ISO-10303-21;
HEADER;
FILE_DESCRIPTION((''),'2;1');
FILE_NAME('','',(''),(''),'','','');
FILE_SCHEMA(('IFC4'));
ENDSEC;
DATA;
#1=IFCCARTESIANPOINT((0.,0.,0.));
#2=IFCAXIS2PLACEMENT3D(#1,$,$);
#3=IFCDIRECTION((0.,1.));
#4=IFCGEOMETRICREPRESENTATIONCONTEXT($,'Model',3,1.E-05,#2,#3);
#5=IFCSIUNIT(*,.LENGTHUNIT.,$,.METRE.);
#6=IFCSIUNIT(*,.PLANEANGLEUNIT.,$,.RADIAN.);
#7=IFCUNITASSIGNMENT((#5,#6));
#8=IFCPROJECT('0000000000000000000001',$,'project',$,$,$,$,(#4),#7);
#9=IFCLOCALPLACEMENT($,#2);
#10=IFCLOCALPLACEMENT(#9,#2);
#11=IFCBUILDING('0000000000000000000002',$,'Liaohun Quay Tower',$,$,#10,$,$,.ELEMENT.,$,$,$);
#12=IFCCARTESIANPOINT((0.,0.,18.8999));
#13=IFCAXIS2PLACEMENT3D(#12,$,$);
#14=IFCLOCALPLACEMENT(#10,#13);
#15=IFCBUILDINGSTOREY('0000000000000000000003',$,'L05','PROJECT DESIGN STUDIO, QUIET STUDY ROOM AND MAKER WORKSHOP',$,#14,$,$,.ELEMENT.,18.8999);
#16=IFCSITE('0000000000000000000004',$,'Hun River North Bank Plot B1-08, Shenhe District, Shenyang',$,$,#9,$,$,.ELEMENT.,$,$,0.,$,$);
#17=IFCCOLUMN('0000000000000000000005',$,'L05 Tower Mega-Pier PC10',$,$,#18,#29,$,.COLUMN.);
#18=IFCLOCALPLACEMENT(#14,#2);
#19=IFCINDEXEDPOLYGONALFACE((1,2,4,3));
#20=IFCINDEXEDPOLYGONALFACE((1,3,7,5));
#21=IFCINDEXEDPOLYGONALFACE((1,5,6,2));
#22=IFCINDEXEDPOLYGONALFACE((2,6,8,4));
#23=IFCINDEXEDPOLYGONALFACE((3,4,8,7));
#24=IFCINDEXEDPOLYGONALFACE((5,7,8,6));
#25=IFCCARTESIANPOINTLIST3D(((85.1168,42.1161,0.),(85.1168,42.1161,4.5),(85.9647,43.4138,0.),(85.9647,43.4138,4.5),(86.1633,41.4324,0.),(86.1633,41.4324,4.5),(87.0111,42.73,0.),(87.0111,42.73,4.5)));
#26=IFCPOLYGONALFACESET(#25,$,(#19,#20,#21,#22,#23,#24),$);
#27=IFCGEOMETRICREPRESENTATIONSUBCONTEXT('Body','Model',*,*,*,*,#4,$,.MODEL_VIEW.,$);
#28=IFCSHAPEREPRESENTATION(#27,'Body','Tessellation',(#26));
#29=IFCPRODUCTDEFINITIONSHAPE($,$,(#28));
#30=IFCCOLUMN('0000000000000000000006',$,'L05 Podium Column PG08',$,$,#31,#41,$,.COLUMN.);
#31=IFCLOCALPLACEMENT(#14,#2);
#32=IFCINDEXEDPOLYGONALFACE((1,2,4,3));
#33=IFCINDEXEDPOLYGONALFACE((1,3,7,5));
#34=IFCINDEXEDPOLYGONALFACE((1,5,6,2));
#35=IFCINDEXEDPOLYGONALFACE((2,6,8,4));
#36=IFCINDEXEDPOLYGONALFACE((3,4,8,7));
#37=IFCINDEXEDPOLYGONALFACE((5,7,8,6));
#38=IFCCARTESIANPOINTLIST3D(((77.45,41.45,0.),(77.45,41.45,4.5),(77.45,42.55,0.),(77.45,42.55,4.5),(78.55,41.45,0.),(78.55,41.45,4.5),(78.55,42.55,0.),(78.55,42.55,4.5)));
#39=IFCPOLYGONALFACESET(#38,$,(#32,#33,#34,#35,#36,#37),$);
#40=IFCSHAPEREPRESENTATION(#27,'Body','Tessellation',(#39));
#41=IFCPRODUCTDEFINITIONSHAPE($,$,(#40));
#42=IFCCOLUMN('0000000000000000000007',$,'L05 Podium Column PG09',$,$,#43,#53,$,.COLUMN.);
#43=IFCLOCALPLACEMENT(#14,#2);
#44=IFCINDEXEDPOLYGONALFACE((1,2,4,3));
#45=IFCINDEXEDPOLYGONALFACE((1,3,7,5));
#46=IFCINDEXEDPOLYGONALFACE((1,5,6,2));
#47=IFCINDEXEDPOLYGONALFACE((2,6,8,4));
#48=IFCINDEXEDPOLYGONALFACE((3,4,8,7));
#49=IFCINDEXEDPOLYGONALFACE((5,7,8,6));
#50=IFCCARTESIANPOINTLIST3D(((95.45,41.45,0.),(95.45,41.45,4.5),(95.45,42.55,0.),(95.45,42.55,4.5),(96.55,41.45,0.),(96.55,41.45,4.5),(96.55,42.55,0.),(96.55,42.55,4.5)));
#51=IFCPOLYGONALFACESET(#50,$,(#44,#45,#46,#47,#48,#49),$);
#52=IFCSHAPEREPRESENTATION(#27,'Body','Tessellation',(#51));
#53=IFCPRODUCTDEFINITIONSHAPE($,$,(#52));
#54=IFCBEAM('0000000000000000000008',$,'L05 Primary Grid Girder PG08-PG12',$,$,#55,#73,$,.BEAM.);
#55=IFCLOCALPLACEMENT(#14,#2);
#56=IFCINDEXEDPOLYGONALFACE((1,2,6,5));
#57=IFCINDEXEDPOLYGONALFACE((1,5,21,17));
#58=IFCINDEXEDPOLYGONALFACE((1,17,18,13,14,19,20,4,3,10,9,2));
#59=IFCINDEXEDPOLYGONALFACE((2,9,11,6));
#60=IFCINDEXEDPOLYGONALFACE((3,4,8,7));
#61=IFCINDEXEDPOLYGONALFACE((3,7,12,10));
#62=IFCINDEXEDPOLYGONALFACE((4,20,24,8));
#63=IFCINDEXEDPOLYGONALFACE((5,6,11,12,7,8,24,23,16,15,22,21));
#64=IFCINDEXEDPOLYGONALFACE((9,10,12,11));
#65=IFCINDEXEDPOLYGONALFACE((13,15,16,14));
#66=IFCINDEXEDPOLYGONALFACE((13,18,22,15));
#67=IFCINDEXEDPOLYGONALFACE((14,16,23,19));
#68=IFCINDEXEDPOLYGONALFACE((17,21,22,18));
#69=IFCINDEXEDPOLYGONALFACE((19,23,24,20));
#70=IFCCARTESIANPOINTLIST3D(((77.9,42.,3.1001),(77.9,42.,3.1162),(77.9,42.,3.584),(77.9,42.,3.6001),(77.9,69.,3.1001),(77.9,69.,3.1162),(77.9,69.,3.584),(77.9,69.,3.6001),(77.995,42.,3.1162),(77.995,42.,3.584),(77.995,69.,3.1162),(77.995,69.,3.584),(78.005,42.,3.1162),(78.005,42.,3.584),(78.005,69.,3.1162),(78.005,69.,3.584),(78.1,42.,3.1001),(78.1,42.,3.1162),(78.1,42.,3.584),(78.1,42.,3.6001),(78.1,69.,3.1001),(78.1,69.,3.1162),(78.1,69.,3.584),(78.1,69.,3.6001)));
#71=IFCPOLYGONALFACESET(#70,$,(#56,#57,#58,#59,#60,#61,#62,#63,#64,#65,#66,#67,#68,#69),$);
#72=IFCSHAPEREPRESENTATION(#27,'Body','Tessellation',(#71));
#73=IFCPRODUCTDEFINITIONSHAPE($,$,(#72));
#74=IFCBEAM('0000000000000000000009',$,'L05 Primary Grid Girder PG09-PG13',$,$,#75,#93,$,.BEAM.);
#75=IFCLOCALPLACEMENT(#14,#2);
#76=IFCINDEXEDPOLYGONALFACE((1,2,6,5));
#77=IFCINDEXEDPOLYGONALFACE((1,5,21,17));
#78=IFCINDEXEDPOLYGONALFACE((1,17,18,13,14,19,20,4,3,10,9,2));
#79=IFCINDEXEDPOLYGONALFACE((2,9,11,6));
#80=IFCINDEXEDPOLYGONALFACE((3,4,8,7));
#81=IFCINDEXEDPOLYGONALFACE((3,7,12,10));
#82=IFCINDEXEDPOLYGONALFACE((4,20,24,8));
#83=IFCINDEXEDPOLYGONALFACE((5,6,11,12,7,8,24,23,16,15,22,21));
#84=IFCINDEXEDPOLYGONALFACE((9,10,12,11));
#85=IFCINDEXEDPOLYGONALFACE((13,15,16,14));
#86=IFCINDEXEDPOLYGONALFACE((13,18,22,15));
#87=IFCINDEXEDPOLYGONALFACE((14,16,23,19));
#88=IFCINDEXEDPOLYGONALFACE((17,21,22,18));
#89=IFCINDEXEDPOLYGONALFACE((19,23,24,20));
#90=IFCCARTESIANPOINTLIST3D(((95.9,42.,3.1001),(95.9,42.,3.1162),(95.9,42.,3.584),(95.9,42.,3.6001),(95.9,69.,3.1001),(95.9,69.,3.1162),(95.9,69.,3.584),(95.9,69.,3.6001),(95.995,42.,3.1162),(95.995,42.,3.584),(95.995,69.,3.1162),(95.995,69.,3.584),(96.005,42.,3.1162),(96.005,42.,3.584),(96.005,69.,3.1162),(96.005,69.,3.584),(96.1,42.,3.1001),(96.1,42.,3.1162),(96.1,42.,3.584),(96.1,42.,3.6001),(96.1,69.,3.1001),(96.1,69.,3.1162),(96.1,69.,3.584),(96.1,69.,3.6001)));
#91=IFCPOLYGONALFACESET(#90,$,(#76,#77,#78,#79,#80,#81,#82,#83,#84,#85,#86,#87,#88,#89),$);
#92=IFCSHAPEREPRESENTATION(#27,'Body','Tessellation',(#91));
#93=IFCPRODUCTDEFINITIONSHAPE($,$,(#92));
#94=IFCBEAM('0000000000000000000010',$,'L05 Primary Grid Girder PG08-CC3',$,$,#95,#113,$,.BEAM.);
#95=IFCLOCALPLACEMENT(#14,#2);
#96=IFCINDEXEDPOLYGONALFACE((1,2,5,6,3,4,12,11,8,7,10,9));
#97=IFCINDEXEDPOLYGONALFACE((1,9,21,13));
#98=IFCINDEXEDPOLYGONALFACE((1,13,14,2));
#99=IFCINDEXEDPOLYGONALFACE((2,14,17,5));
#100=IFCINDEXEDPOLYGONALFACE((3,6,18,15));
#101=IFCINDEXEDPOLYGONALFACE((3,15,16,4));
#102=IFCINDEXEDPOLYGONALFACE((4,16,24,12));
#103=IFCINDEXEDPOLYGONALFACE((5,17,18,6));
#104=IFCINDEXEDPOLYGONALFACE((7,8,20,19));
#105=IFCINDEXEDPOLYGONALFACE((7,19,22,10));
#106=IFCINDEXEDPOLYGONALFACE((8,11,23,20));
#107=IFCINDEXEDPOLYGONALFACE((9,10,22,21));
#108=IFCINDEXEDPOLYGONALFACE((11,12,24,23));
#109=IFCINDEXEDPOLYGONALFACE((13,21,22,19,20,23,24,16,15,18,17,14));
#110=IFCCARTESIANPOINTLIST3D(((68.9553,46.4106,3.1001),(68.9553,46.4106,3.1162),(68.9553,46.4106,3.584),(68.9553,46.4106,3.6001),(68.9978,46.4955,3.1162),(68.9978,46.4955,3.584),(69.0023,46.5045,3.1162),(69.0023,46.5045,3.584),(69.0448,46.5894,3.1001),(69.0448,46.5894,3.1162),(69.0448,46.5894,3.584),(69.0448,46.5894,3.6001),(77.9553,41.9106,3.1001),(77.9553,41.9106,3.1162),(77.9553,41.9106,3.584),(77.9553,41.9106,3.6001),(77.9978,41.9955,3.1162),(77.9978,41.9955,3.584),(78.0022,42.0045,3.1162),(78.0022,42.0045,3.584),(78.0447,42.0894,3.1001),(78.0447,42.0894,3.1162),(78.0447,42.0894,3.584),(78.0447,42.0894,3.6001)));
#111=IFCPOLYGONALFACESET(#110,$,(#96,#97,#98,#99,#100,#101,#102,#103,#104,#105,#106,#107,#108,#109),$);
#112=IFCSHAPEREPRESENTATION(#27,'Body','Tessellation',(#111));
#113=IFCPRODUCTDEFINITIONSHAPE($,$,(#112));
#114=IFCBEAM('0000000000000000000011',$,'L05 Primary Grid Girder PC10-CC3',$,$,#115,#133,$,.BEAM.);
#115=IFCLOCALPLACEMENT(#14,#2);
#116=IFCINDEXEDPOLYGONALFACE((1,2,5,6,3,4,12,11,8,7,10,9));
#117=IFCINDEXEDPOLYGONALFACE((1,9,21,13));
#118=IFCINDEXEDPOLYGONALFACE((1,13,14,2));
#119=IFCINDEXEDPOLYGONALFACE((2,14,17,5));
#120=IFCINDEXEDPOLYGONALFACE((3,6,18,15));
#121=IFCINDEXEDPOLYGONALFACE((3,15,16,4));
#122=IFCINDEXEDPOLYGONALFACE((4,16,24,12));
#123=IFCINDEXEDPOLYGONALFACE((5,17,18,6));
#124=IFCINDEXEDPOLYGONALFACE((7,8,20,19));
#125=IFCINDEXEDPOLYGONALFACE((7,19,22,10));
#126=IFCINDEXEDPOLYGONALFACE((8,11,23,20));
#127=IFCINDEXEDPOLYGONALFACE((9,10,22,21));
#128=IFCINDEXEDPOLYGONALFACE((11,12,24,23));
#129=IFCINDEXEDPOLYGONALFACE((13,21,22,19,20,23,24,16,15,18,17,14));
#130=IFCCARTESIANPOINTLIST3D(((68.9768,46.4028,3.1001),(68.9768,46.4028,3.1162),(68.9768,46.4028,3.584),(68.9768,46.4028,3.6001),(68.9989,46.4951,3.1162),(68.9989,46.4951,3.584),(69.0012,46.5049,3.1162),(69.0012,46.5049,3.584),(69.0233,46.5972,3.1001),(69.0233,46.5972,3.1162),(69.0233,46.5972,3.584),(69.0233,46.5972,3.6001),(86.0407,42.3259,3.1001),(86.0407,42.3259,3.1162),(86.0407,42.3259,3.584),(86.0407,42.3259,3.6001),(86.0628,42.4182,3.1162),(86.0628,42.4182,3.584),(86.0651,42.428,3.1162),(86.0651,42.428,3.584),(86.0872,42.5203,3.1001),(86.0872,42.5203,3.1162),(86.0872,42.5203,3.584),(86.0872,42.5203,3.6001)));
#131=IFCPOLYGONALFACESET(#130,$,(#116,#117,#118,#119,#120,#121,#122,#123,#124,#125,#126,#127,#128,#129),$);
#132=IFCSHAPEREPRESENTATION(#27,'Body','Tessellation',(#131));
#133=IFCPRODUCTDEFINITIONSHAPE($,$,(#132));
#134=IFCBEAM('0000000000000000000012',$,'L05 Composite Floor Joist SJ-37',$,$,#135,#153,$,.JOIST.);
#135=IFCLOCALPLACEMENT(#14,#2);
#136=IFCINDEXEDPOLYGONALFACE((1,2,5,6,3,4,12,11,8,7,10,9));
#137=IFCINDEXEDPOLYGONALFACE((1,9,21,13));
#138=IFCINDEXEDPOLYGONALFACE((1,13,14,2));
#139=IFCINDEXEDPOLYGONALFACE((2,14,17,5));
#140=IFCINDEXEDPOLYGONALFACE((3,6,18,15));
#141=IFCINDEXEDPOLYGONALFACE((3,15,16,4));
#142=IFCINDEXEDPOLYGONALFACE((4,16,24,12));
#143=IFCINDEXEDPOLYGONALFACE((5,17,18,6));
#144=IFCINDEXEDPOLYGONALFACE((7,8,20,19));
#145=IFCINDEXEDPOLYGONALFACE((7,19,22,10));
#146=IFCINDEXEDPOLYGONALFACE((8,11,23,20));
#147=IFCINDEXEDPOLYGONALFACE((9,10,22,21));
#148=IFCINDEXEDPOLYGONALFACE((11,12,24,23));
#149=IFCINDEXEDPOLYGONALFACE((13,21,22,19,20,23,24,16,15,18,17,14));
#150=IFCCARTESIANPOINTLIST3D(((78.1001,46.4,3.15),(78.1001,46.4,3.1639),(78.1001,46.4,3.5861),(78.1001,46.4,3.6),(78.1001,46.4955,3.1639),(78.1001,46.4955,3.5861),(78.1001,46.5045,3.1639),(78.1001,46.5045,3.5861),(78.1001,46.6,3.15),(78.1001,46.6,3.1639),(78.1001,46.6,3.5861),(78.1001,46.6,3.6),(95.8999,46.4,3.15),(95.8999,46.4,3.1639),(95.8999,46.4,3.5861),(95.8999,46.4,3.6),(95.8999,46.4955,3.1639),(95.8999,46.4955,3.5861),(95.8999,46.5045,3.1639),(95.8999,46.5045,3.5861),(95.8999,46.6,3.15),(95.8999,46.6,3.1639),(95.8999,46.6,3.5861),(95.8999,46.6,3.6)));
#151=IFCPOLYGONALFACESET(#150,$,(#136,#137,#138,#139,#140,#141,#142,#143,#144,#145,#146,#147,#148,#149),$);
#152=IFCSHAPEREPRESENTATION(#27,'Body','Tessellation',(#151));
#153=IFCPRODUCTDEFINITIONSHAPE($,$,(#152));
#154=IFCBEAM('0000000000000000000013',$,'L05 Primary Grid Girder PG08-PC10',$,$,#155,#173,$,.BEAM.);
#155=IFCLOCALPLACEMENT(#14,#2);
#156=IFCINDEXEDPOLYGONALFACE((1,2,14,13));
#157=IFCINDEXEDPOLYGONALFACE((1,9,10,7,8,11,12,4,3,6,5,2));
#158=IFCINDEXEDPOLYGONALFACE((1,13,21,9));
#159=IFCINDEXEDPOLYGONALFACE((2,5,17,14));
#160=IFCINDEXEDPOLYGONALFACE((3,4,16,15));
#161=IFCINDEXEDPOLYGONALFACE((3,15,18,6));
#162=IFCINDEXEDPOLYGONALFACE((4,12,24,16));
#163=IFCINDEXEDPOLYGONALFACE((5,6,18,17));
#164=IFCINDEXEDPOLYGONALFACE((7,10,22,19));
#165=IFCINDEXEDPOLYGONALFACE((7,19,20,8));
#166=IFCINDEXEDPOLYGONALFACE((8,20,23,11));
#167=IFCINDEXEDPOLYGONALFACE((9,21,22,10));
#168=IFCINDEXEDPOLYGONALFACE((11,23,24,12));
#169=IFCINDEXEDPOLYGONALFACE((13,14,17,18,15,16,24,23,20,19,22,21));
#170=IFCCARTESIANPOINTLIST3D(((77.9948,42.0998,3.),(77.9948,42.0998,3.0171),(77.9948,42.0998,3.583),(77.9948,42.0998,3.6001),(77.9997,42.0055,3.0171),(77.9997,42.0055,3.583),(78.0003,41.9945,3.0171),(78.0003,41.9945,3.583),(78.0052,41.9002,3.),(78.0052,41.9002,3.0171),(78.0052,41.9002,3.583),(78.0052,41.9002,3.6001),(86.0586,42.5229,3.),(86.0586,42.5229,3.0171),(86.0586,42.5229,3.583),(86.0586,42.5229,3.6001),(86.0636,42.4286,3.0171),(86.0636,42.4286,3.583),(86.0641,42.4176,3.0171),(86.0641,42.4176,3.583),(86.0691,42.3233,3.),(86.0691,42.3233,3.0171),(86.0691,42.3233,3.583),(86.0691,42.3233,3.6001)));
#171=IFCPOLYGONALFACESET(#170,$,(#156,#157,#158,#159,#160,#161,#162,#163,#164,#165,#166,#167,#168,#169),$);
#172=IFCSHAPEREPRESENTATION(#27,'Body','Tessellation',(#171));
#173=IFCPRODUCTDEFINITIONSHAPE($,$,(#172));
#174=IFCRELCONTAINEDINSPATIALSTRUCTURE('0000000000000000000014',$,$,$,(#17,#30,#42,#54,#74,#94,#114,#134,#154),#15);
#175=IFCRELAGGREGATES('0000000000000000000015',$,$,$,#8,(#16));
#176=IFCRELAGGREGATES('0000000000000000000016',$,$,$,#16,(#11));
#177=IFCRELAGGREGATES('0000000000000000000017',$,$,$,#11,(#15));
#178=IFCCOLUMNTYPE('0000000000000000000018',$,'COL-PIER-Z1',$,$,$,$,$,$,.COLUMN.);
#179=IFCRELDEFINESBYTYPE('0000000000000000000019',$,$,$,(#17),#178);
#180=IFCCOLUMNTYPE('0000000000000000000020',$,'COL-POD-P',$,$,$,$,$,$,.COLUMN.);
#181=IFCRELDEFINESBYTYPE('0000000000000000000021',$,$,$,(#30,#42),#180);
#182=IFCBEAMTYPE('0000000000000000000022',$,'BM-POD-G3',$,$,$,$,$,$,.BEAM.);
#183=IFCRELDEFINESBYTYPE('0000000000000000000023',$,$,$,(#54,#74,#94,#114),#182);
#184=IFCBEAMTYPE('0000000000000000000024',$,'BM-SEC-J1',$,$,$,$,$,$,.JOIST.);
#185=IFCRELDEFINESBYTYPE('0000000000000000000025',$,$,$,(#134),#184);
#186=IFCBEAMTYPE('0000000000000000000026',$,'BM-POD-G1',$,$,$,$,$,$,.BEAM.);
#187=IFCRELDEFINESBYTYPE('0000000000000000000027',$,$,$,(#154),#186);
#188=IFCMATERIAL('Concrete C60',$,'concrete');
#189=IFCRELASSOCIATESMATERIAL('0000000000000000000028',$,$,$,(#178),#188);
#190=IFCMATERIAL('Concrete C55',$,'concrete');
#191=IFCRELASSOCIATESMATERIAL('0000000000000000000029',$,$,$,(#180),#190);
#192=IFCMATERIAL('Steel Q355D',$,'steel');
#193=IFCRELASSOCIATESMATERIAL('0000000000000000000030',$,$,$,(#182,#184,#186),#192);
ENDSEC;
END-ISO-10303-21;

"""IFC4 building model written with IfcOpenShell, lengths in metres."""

from ifc_helpers import new_model, si_unit, direction, frame, origin, origin_2d, place, context, subcontext, project, spatial, rectangle, i_section, extrude, source, transform, mapped, material, material_profile, profile_set, type_object, element, save


model = new_model("IFC4")

# Units and contexts
model_context = context("Model", 3, precision=1e-05, world=origin(), true_north=direction((0.0, 1.0)))
body_context = subcontext(model_context, "Body", "Model", "MODEL_VIEW")
ifc_project = project(units=[si_unit("LENGTHUNIT", "METRE"), si_unit("PLANEANGLEUNIT", "RADIAN")], contexts=[model_context])

# Site, building, storey
site_placement = place(None, origin())
site = spatial("IfcSite", under=ifc_project, at=site_placement, Name="Hun River North Bank Plot B1-08, Shenhe District, Shenyang", CompositionType="ELEMENT", RefElevation=0.0)
building_placement = place(site_placement, origin())
building = spatial("IfcBuilding", under=site, at=building_placement, Name="Liaohun Quay Tower", CompositionType="ELEMENT")
storey_placement = place(building_placement, frame((0.0, 0.0, 18.8999)))
storey = spatial("IfcBuildingStorey", under=building, at=storey_placement, Name="L05", Description="PROJECT DESIGN STUDIO, QUIET STUDY ROOM AND MAKER WORKSHOP", CompositionType="ELEMENT", Elevation=18.8999)

# Columns
ifc_material_1 = material(Name="Concrete C60", Category="concrete")
ifc_material_profile_1 = material_profile(ifc_material_1, rectangle(XDim=1.55, YDim=1.25, at=origin_2d()), Name="RC1550x1250")
ifc_profile_set_1 = profile_set([ifc_material_profile_1], Name="Concrete C60")
column_type_1 = type_object("IfcColumnType", Name="COL-PIER-Z1", PredefinedType="COLUMN", material=ifc_profile_set_1)
shared_shape_1 = source(origin(), body_context, "Body", "SweptSolid", [
    extrude(rectangle(XDim=1.55, YDim=1.25, at=origin_2d()), origin(), (0.0, 0.0, 1.0), 4.5),
])
column_placement = place(storey_placement, frame((86.064, 42.4231, 0.0), z_axis=(0.0, 0.0, 1.0), x_axis=(0.546979, 0.837146, 0.0)))
element("IfcColumn", 1, at=column_placement, inside=storey, type_object=column_type_1, Name="L05 Tower Mega-Pier PC10", PredefinedType="COLUMN", context=body_context, shape_type="MappedRepresentation", body=[
    mapped(shared_shape_1, transform((0.0, 0.0, 0.0), x_axis=(1.0, 0.0, 0.0), y_axis=(0.0, 1.0, 0.0), z_axis=(0.0, 0.0, 1.0), scale=1.0)),
])
ifc_material_2 = material(Name="Concrete C55", Category="concrete")
ifc_material_profile_2 = material_profile(ifc_material_2, rectangle(XDim=1.1001, YDim=1.1001, at=origin_2d()), Name="RC1100x1100")
ifc_profile_set_2 = profile_set([ifc_material_profile_2], Name="Concrete C55")
column_type_2 = type_object("IfcColumnType", Name="COL-POD-P", PredefinedType="COLUMN", material=ifc_profile_set_2)
shared_shape_2 = source(origin(), body_context, "Body", "SweptSolid", [
    extrude(rectangle(XDim=1.1001, YDim=1.1001, at=origin_2d()), origin(), (0.0, 0.0, 1.0), 4.5),
])
for number, where, z_axis, x_axis, name in (
    (2, (78.0, 42.0, 0.0), (0.0, 0.0, 1.0), (1.0, 0.0, 0.0), "L05 Podium Column PG08"),
    (3, (96.0, 42.0, 0.0), (0.0, 0.0, 1.0), (1.0, 0.0, 0.0), "L05 Podium Column PG09"),
):
    element("IfcColumn", number, at=place(storey_placement, frame(where, z_axis=z_axis, x_axis=x_axis)), inside=storey, type_object=column_type_2, Name=name, PredefinedType="COLUMN", context=body_context, shape_type="MappedRepresentation", body=[
        mapped(shared_shape_2, transform((0.0, 0.0, 0.0), x_axis=(1.0, 0.0, 0.0), y_axis=(0.0, 1.0, 0.0), z_axis=(0.0, 0.0, 1.0), scale=1.0)),
    ])

# Beams
ifc_material_3 = material(Name="Steel Q355D", Category="steel")
ifc_material_profile_3 = material_profile(ifc_material_3, i_section(OverallWidth=0.2, OverallDepth=0.5, WebThickness=0.01, FlangeThickness=0.0161, at=origin_2d()), Name="HN500x200x10x16")
ifc_profile_set_3 = profile_set([ifc_material_profile_3], Name="Steel Q355D")
beam_type_1 = type_object("IfcBeamType", Name="BM-POD-G3", PredefinedType="BEAM", material=ifc_profile_set_3)
shared_shape_3 = source(origin(), body_context, "Body", "SweptSolid", [
    extrude(i_section(OverallWidth=0.2, OverallDepth=0.5, WebThickness=0.01, FlangeThickness=0.0161, at=origin_2d()), origin(), (0.0, 0.0, 1.0), 27.0),
])
for number, where, z_axis, x_axis, name in (
    (4, (78.0, 42.0, 3.3501), (0.0, 1.0, 0.0), (-1.0, 0.0, 0.0), "L05 Primary Grid Girder PG08-PG12"),
    (5, (96.0, 42.0, 3.3501), (0.0, 1.0, 0.0), (-1.0, 0.0, 0.0), "L05 Primary Grid Girder PG09-PG13"),
):
    element("IfcBeam", number, at=place(storey_placement, frame(where, z_axis=z_axis, x_axis=x_axis)), inside=storey, type_object=beam_type_1, Name=name, PredefinedType="BEAM", context=body_context, shape_type="MappedRepresentation", body=[
        mapped(shared_shape_3, transform((0.0, 0.0, 0.0), x_axis=(1.0, 0.0, 0.0), y_axis=(0.0, 1.0, 0.0), z_axis=(0.0, 0.0, 1.0), scale=1.0)),
    ])
shared_shape_4 = source(origin(), body_context, "Body", "SweptSolid", [
    extrude(i_section(OverallWidth=0.2, OverallDepth=0.5, WebThickness=0.01, FlangeThickness=0.0161, at=origin_2d()), origin(), (0.0, 0.0, 1.0), 10.0623),
])
beam_1_placement = place(storey_placement, frame((78.0, 42.0, 3.3501), z_axis=(-0.894427, 0.447214, 0.0), x_axis=(-0.447214, -0.894427, 0.0)))
element("IfcBeam", 6, at=beam_1_placement, inside=storey, type_object=beam_type_1, Name="L05 Primary Grid Girder PG08-CC3", PredefinedType="BEAM", context=body_context, shape_type="MappedRepresentation", body=[
    mapped(shared_shape_4, transform((0.0, 0.0, 0.0), x_axis=(1.0, 0.0, 0.0), y_axis=(0.0, 1.0, 0.0), z_axis=(0.0, 0.0, 1.0), scale=1.0)),
])
shared_shape_5 = source(origin(), body_context, "Body", "SweptSolid", [
    extrude(i_section(OverallWidth=0.2, OverallDepth=0.5, WebThickness=0.01, FlangeThickness=0.0161, at=origin_2d()), origin(), (0.0, 0.0, 1.0), 17.5442),
])
beam_2_placement = place(storey_placement, frame((86.064, 42.4231, 3.3501), z_axis=(-0.972625, 0.232379, 0.0), x_axis=(-0.232379, -0.972625, 0.0)))
element("IfcBeam", 7, at=beam_2_placement, inside=storey, type_object=beam_type_1, Name="L05 Primary Grid Girder PC10-CC3", PredefinedType="BEAM", context=body_context, shape_type="MappedRepresentation", body=[
    mapped(shared_shape_5, transform((0.0, 0.0, 0.0), x_axis=(1.0, 0.0, 0.0), y_axis=(0.0, 1.0, 0.0), z_axis=(0.0, 0.0, 1.0), scale=1.0)),
])
ifc_material_profile_4 = material_profile(ifc_material_3, i_section(OverallWidth=0.2, OverallDepth=0.45, WebThickness=0.009, FlangeThickness=0.0139, at=origin_2d()), Name="HN450x200x9x14")
ifc_profile_set_4 = profile_set([ifc_material_profile_4], Name="Steel Q355D")
beam_type_2 = type_object("IfcBeamType", Name="BM-SEC-J1", PredefinedType="JOIST", material=ifc_profile_set_4)
shared_shape_6 = source(origin(), body_context, "Body", "SweptSolid", [
    extrude(i_section(OverallWidth=0.2, OverallDepth=0.45, WebThickness=0.009, FlangeThickness=0.0139, at=origin_2d()), origin(), (0.0, 0.0, 1.0), 17.7998),
])
beam_3_placement = place(storey_placement, frame((78.1001, 46.5, 3.375), z_axis=(1.0, 0.0, 0.0), x_axis=(0.0, 1.0, 0.0)))
element("IfcBeam", 8, at=beam_3_placement, inside=storey, type_object=beam_type_2, Name="L05 Composite Floor Joist SJ-37", PredefinedType="JOIST", context=body_context, shape_type="MappedRepresentation", body=[
    mapped(shared_shape_6, transform((0.0, 0.0, 0.0), x_axis=(1.0, 0.0, 0.0), y_axis=(0.0, 1.0, 0.0), z_axis=(0.0, 0.0, 1.0), scale=1.0)),
])
ifc_material_profile_5 = material_profile(ifc_material_3, i_section(OverallWidth=0.2, OverallDepth=0.6001, WebThickness=0.011, FlangeThickness=0.0171, at=origin_2d()), Name="HN600x200x11x17")
ifc_profile_set_5 = profile_set([ifc_material_profile_5], Name="Steel Q355D")
beam_type_3 = type_object("IfcBeamType", Name="BM-POD-G1", PredefinedType="BEAM", material=ifc_profile_set_5)
shared_shape_7 = source(origin(), body_context, "Body", "SweptSolid", [
    extrude(i_section(OverallWidth=0.2, OverallDepth=0.6001, WebThickness=0.011, FlangeThickness=0.0171, at=origin_2d()), origin(), (0.0, 0.0, 1.0), 8.075),
])
beam_4_placement = place(storey_placement, frame((78.0, 42.0, 3.3), z_axis=(0.998626, 0.052395, 0.0), x_axis=(-0.052395, 0.998626, 0.0)))
element("IfcBeam", 9, at=beam_4_placement, inside=storey, type_object=beam_type_3, Name="L05 Primary Grid Girder PG08-PC10", PredefinedType="BEAM", context=body_context, shape_type="MappedRepresentation", body=[
    mapped(shared_shape_7, transform((0.0, 0.0, 0.0), x_axis=(1.0, 0.0, 0.0), y_axis=(0.0, 1.0, 0.0), z_axis=(0.0, 0.0, 1.0), scale=1.0)),
])

save(model, "model.ifc")
